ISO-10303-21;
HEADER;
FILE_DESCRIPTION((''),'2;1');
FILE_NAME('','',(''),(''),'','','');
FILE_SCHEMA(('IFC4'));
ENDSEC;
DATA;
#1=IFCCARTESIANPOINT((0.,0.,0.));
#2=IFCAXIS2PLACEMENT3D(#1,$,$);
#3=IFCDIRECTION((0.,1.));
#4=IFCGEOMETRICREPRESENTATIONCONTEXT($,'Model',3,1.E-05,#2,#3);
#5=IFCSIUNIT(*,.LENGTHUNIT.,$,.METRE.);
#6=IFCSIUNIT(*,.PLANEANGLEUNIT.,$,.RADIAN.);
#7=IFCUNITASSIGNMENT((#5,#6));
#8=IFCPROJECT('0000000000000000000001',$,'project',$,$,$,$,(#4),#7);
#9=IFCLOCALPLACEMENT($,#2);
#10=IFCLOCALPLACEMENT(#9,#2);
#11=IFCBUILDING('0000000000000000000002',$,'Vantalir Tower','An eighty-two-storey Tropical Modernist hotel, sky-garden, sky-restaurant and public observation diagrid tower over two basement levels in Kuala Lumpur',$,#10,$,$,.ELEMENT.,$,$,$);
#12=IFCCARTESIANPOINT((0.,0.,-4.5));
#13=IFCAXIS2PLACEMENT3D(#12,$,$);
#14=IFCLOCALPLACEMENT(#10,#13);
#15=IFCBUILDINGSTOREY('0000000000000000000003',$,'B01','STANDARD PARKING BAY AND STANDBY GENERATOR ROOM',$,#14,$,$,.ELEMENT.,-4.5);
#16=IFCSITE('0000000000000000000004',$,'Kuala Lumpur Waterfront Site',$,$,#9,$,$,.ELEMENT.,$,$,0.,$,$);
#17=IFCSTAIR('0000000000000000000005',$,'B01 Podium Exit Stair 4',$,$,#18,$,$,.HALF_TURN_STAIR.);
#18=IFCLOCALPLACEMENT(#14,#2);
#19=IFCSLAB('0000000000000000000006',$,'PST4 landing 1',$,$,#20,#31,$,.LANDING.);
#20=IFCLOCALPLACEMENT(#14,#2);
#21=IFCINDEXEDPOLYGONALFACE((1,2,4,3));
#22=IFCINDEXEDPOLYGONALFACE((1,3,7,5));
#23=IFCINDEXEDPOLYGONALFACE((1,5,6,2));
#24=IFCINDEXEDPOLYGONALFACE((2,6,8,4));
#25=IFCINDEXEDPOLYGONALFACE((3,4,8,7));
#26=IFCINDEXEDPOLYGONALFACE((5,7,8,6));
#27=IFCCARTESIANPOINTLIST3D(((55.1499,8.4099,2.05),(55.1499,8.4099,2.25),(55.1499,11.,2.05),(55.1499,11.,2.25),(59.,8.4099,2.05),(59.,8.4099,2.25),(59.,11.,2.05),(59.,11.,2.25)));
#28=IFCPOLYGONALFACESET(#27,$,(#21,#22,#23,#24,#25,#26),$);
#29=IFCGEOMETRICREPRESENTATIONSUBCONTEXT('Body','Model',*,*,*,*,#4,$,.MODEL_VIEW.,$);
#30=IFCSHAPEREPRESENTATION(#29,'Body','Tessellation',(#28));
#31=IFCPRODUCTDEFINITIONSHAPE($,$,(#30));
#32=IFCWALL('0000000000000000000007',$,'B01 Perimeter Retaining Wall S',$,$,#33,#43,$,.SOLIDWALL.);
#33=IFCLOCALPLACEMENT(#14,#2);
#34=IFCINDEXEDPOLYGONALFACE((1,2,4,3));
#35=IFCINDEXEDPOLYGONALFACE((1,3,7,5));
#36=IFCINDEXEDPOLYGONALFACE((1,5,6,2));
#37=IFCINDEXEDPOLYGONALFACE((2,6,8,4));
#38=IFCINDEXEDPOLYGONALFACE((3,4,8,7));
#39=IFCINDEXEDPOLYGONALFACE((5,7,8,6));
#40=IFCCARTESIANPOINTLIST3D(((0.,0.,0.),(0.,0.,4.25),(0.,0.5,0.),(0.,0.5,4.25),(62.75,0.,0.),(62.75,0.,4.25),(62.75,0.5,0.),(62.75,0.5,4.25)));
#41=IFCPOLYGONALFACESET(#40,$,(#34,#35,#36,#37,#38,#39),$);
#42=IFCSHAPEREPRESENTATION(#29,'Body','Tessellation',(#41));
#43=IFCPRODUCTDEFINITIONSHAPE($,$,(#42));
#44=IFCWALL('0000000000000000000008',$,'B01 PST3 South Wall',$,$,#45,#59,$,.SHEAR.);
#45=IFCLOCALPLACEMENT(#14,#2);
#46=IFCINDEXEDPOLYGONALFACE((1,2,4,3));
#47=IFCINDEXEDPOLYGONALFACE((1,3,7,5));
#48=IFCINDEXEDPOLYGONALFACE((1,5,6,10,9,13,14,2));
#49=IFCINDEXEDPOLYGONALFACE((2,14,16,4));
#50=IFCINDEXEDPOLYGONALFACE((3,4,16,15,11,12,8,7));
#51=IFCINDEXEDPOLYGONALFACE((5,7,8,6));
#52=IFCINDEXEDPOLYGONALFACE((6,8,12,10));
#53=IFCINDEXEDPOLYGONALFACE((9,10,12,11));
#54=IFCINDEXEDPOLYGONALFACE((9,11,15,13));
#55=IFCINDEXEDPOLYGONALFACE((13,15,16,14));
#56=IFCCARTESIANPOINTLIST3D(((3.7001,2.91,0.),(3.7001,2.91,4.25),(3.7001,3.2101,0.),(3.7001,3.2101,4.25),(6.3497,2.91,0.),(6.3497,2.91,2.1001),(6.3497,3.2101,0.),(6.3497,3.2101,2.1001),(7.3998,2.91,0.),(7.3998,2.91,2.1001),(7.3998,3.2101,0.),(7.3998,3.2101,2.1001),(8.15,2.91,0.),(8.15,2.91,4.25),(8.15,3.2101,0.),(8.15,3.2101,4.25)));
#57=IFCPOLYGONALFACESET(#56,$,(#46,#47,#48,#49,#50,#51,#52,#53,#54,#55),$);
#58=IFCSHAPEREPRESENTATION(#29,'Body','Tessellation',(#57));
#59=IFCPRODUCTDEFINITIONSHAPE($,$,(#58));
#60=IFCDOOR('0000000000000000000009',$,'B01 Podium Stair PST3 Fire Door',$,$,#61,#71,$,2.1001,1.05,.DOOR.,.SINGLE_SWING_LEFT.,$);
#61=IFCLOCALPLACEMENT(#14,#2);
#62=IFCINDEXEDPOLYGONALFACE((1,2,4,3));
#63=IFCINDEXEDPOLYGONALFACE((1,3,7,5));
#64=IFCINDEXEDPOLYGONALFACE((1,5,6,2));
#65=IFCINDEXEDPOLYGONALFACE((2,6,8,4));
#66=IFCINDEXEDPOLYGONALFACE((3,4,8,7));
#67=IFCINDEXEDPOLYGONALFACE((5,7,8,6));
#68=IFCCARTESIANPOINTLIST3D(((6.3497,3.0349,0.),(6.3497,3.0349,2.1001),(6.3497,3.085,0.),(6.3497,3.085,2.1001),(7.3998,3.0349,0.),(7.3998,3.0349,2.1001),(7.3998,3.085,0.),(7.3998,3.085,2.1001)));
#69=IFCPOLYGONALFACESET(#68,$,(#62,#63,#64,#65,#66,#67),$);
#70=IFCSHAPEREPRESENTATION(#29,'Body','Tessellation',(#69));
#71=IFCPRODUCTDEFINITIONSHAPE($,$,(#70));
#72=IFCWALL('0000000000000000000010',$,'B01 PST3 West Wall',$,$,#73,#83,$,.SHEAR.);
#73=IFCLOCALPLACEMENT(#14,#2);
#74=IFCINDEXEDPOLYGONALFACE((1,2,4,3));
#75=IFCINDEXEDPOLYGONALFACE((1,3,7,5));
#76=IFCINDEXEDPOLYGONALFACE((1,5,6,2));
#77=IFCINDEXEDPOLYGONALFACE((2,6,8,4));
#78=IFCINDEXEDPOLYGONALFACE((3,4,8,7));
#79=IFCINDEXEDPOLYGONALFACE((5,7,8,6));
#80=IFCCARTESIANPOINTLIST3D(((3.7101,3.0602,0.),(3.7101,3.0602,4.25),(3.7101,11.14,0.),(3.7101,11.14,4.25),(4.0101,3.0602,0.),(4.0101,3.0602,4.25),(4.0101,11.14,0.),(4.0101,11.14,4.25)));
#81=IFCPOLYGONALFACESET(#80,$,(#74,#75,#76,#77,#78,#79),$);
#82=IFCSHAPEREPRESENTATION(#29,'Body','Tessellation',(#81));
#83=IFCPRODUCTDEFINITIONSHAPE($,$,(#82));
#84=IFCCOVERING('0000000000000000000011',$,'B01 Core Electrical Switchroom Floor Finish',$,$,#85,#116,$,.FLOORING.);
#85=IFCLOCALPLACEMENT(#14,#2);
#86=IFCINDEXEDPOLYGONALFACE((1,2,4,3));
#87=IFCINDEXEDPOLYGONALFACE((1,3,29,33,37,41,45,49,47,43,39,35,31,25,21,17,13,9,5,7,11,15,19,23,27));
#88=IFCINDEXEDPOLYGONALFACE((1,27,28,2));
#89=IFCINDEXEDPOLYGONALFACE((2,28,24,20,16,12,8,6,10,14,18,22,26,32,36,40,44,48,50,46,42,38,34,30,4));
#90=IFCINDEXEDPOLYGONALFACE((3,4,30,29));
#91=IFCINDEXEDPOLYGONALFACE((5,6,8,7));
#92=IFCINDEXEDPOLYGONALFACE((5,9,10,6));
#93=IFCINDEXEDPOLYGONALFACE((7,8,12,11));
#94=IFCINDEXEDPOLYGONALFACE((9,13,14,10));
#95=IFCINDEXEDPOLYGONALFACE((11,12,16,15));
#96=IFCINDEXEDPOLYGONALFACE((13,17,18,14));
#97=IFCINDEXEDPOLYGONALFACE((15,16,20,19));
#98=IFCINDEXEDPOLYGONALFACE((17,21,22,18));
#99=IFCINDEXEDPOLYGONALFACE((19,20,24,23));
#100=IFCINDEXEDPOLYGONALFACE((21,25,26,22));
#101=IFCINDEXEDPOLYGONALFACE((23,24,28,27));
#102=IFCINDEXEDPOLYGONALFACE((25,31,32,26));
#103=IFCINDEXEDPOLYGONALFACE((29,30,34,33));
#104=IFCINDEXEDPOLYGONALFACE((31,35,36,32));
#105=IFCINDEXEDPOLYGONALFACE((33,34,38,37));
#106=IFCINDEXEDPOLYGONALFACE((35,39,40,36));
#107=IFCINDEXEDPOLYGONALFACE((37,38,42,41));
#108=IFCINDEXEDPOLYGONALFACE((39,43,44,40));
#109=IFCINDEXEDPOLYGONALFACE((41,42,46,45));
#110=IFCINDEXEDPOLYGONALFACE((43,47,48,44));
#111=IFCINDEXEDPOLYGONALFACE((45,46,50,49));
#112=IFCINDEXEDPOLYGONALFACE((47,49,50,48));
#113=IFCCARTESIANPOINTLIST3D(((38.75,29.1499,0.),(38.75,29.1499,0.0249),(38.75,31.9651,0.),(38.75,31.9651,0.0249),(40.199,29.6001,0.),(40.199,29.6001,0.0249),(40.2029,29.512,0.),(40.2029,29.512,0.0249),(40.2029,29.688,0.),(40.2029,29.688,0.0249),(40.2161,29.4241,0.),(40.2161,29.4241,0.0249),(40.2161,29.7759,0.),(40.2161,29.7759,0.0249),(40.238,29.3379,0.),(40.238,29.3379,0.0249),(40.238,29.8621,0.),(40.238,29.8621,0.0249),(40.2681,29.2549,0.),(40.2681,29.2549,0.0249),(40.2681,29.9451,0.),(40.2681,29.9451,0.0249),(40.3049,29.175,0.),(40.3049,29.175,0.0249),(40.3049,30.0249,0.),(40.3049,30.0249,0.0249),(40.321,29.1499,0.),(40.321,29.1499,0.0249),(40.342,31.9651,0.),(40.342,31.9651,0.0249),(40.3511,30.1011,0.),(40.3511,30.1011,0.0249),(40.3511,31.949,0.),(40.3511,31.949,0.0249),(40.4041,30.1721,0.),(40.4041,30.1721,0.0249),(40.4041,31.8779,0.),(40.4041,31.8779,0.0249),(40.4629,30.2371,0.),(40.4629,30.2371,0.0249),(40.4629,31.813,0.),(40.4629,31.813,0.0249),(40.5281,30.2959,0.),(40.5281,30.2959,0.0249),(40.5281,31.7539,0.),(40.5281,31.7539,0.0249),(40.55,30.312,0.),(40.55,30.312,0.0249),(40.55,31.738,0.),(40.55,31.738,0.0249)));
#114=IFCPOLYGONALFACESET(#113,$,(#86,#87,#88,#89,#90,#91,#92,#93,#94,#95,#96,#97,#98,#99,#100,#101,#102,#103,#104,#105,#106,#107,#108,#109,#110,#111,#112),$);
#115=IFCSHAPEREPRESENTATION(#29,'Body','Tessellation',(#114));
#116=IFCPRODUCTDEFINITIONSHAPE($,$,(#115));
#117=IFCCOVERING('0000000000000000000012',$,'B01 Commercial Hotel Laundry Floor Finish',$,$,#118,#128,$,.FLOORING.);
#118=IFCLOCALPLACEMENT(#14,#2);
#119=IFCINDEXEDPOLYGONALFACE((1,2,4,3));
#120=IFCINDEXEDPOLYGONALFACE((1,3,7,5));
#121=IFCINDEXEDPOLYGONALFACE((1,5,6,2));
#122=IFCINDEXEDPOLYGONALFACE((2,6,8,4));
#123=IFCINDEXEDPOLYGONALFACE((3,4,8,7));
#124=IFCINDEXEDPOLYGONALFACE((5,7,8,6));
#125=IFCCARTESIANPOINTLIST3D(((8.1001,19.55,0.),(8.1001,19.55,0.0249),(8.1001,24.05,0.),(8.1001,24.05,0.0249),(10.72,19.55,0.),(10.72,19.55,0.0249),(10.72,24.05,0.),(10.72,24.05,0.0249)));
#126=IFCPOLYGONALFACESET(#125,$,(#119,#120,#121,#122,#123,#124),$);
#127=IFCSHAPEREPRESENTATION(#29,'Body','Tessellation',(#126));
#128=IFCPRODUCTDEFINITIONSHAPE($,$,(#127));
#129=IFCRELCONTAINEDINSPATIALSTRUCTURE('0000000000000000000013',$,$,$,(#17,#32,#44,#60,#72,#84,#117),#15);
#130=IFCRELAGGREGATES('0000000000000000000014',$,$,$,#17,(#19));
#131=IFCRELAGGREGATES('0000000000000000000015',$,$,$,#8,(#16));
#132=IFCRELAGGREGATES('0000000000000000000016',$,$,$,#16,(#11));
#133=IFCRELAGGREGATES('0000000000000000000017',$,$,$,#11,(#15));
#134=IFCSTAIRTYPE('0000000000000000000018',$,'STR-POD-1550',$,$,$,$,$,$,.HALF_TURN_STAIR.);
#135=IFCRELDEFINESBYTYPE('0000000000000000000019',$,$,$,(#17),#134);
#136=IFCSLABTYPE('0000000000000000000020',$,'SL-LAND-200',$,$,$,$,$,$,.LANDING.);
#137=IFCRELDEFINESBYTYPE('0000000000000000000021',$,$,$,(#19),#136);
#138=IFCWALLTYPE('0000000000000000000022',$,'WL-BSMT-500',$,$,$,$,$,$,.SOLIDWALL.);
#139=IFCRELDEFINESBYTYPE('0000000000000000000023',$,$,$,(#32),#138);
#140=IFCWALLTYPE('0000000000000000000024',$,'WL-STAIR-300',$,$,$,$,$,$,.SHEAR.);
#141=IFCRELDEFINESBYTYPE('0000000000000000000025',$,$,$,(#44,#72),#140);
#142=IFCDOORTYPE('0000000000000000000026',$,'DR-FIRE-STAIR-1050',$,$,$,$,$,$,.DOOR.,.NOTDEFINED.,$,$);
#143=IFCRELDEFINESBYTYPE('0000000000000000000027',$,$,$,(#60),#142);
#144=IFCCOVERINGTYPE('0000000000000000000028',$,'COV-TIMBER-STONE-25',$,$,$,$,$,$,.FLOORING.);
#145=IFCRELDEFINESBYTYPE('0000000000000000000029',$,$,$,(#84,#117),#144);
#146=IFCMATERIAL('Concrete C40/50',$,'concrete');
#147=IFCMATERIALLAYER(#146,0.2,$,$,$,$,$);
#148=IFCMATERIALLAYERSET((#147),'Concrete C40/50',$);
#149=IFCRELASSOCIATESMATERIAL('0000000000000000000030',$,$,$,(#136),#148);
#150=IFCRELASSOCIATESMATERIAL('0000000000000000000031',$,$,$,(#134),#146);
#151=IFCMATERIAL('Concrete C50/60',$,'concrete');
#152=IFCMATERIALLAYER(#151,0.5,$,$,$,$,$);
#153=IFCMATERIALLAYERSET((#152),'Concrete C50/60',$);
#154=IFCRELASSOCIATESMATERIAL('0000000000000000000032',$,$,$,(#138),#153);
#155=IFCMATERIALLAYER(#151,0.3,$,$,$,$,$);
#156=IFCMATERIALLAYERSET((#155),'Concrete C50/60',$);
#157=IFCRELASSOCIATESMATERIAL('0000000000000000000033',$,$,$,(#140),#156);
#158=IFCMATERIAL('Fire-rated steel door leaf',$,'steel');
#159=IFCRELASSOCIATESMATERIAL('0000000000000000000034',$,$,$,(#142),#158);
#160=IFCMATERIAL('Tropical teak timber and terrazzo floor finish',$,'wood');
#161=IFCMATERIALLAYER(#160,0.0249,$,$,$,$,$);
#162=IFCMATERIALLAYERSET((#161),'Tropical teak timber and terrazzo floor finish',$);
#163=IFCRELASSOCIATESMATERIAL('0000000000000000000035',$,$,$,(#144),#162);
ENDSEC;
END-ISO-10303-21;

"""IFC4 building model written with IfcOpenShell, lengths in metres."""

from ifc_helpers import new_model, si_unit, direction, frame, frame_2d, origin, place, context, subcontext, project, spatial, polyline, rectangle, outline, extrude, material, layer, layer_set, type_object, element, fill, aggregate, save


model = new_model("IFC4")

# Units and contexts
model_context = context("Model", 3, precision=1e-05, world=origin(), true_north=direction((0.0, 1.0)))
body_context = subcontext(model_context, "Body", "Model", "MODEL_VIEW")
ifc_project = project(units=[si_unit("LENGTHUNIT", "METRE"), si_unit("PLANEANGLEUNIT", "RADIAN")], contexts=[model_context])

# Site, building, storey
site_placement = place(None, origin())
site = spatial("IfcSite", under=ifc_project, at=site_placement, Name="Kuala Lumpur Waterfront Site", CompositionType="ELEMENT", RefElevation=0.0)
building_placement = place(site_placement, origin())
building = spatial("IfcBuilding", under=site, at=building_placement, Name="Vantalir Tower", Description="An eighty-two-storey Tropical Modernist hotel, sky-garden, sky-restaurant and public observation diagrid tower over two basement levels in Kuala Lumpur", CompositionType="ELEMENT")
storey_placement = place(building_placement, frame((0.0, 0.0, -4.5)))
storey = spatial("IfcBuildingStorey", under=building, at=storey_placement, Name="B01", Description="STANDARD PARKING BAY AND STANDBY GENERATOR ROOM", CompositionType="ELEMENT", Elevation=-4.5)

# Shared definitions
ifc_material_1 = material(Name="Concrete C50/60", Category="concrete")

# Stair, slab
ifc_material_2 = material(Name="Concrete C40/50", Category="concrete")
ifc_layer_1 = layer(ifc_material_2, 0.2)
ifc_layer_set_1 = layer_set([ifc_layer_1], Name="Concrete C40/50")
slab_type_1 = type_object("IfcSlabType", Name="SL-LAND-200", PredefinedType="LANDING", material=ifc_layer_set_1)
stair_type_1 = type_object("IfcStairType", Name="STR-POD-1550", PredefinedType="HALF_TURN_STAIR", material=ifc_material_2)
stair_1_placement = place(storey_placement, origin())
stair_1 = element("IfcStair", 1, at=stair_1_placement, inside=storey, type_object=stair_type_1, Name="B01 Podium Exit Stair 4", PredefinedType="HALF_TURN_STAIR")
slab_1_placement = place(storey_placement, frame((0.0, 0.0, 2.05)))
slab_1 = element("IfcSlab", 2, at=slab_1_placement, type_object=slab_type_1, Name="PST4 landing 1", PredefinedType="LANDING", context=body_context, shape_type="SweptSolid", body=[
    extrude(outline(polyline([(59.0, 8.4099), (59.0, 11.0), (55.1499, 11.0), (55.1499, 8.4099), (59.0, 8.4099)])), origin(), (0.0, 0.0, 1.0), 0.2),
])
aggregate(stair_1, [slab_1])

# Wall
ifc_layer_2 = layer(ifc_material_1, 0.5)
ifc_layer_set_2 = layer_set([ifc_layer_2], Name="Concrete C50/60")
wall_type_1 = type_object("IfcWallType", Name="WL-BSMT-500", PredefinedType="SOLIDWALL", material=ifc_layer_set_2)
wall_1_placement = place(storey_placement, frame((0.0, 0.25, 0.0), z_axis=(0.0, 0.0, 1.0), x_axis=(1.0, 0.0, 0.0)))
element("IfcWall", 3, at=wall_1_placement, inside=storey, type_object=wall_type_1, Name="B01 Perimeter Retaining Wall S", PredefinedType="SOLIDWALL", context=body_context, shape_type="SweptSolid", body=[
    extrude(rectangle(XDim=62.75, YDim=0.5, at=frame_2d((31.375, 0.0))), origin(), (0.0, 0.0, 1.0), 4.25),
])

# Wall, opening, door
ifc_layer_3 = layer(ifc_material_1, 0.3)
ifc_layer_set_3 = layer_set([ifc_layer_3], Name="Concrete C50/60")
wall_type_2 = type_object("IfcWallType", Name="WL-STAIR-300", PredefinedType="SHEAR", material=ifc_layer_set_3)
wall_2_placement = place(storey_placement, frame((3.7, 3.0601, 0.0), z_axis=(0.0, 0.0, 1.0), x_axis=(1.0, 0.0, 0.0)))
wall_2 = element("IfcWall", 4, at=wall_2_placement, inside=storey, type_object=wall_type_2, Name="B01 PST3 South Wall", PredefinedType="SHEAR", context=body_context, shape_type="SweptSolid", body=[
    extrude(rectangle(XDim=4.45, YDim=0.3, at=frame_2d((2.2251, 0.0))), origin(), (0.0, 0.0, 1.0), 4.25),
])
opening_placement = place(wall_2_placement, frame((2.6499, 0.0, 0.0)))
opening = element("IfcOpeningElement", 5, at=opening_placement, cuts=wall_2, PredefinedType="OPENING", context=body_context, shape_type="SweptSolid", body=[
    extrude(rectangle(XDim=1.05, YDim=2.1001, at=frame_2d((0.5249, 1.05))), frame((0.0, 0.1599, 0.0), z_axis=(0.0, -1.0, 0.0), x_axis=(1.0, 0.0, 0.0)), (0.0, 0.0, 1.0), 0.3201),
])
ifc_material_3 = material(Name="Fire-rated steel door leaf", Category="steel")
door_type = type_object("IfcDoorType", Name="DR-FIRE-STAIR-1050", OperationType="NOTDEFINED", PredefinedType="DOOR", material=ifc_material_3)
door_placement = place(opening_placement, origin())
door = element("IfcDoor", 6, at=door_placement, inside=storey, type_object=door_type, Name="B01 Podium Stair PST3 Fire Door", OperationType="SINGLE_SWING_LEFT", OverallHeight=2.1001, OverallWidth=1.05, PredefinedType="DOOR", context=body_context, shape_type="SweptSolid", body=[
    extrude(rectangle(XDim=1.05, YDim=2.1001, at=frame_2d((0.5249, 1.05))), frame((0.0, 0.0249, 0.0), z_axis=(0.0, -1.0, 0.0), x_axis=(1.0, 0.0, 0.0)), (0.0, 0.0, 1.0), 0.05),
])
fill(opening, door)

# Wall
wall_3_placement = place(storey_placement, frame((3.8601, 3.0601, 0.0), z_axis=(0.0, 0.0, 1.0), x_axis=(0.0, 1.0, 0.0)))
element("IfcWall", 7, at=wall_3_placement, inside=storey, type_object=wall_type_2, Name="B01 PST3 West Wall", PredefinedType="SHEAR", context=body_context, shape_type="SweptSolid", body=[
    extrude(rectangle(XDim=8.0798, YDim=0.3, at=frame_2d((4.04, 0.0))), origin(), (0.0, 0.0, 1.0), 4.25),
])

# Coverings
ifc_material_4 = material(Name="Tropical teak timber and terrazzo floor finish", Category="wood")
ifc_layer_4 = layer(ifc_material_4, 0.0249)
ifc_layer_set_4 = layer_set([ifc_layer_4], Name="Tropical teak timber and terrazzo floor finish")
covering_type = type_object("IfcCoveringType", Name="COV-TIMBER-STONE-25", PredefinedType="FLOORING", material=ifc_layer_set_4)
covering_1_placement = place(storey_placement, origin())
element("IfcCovering", 8, at=covering_1_placement, inside=storey, type_object=covering_type, Name="B01 Core Electrical Switchroom Floor Finish", PredefinedType="FLOORING", context=body_context, shape_type="SweptSolid", body=[
    extrude(outline(polyline([(40.55, 31.738), (40.5281, 31.7539), (40.4629, 31.813), (40.4041, 31.8779), (40.3511, 31.949), (40.342, 31.9651), (38.75, 31.9651), (38.75, 29.1499), (40.321, 29.1499), (40.3049, 29.175), (40.2681, 29.2549), (40.238, 29.3379), (40.2161, 29.4241), (40.2029, 29.512), (40.199, 29.6001), (40.2029, 29.688), (40.2161, 29.7759), (40.238, 29.8621), (40.2681, 29.9451), (40.3049, 30.0249), (40.3511, 30.1011), (40.4041, 30.1721), (40.4629, 30.2371), (40.5281, 30.2959), (40.55, 30.312), (40.55, 31.738)])), origin(), (0.0, 0.0, 1.0), 0.0249),
])
covering_2_placement = place(storey_placement, origin())
element("IfcCovering", 9, at=covering_2_placement, inside=storey, type_object=covering_type, Name="B01 Commercial Hotel Laundry Floor Finish", PredefinedType="FLOORING", context=body_context, shape_type="SweptSolid", body=[
    extrude(outline(polyline([(10.72, 24.05), (8.1001, 24.05), (8.1001, 19.55), (10.72, 19.55), (10.72, 24.05)])), origin(), (0.0, 0.0, 1.0), 0.0249),
])

save(model, "model.ifc")
